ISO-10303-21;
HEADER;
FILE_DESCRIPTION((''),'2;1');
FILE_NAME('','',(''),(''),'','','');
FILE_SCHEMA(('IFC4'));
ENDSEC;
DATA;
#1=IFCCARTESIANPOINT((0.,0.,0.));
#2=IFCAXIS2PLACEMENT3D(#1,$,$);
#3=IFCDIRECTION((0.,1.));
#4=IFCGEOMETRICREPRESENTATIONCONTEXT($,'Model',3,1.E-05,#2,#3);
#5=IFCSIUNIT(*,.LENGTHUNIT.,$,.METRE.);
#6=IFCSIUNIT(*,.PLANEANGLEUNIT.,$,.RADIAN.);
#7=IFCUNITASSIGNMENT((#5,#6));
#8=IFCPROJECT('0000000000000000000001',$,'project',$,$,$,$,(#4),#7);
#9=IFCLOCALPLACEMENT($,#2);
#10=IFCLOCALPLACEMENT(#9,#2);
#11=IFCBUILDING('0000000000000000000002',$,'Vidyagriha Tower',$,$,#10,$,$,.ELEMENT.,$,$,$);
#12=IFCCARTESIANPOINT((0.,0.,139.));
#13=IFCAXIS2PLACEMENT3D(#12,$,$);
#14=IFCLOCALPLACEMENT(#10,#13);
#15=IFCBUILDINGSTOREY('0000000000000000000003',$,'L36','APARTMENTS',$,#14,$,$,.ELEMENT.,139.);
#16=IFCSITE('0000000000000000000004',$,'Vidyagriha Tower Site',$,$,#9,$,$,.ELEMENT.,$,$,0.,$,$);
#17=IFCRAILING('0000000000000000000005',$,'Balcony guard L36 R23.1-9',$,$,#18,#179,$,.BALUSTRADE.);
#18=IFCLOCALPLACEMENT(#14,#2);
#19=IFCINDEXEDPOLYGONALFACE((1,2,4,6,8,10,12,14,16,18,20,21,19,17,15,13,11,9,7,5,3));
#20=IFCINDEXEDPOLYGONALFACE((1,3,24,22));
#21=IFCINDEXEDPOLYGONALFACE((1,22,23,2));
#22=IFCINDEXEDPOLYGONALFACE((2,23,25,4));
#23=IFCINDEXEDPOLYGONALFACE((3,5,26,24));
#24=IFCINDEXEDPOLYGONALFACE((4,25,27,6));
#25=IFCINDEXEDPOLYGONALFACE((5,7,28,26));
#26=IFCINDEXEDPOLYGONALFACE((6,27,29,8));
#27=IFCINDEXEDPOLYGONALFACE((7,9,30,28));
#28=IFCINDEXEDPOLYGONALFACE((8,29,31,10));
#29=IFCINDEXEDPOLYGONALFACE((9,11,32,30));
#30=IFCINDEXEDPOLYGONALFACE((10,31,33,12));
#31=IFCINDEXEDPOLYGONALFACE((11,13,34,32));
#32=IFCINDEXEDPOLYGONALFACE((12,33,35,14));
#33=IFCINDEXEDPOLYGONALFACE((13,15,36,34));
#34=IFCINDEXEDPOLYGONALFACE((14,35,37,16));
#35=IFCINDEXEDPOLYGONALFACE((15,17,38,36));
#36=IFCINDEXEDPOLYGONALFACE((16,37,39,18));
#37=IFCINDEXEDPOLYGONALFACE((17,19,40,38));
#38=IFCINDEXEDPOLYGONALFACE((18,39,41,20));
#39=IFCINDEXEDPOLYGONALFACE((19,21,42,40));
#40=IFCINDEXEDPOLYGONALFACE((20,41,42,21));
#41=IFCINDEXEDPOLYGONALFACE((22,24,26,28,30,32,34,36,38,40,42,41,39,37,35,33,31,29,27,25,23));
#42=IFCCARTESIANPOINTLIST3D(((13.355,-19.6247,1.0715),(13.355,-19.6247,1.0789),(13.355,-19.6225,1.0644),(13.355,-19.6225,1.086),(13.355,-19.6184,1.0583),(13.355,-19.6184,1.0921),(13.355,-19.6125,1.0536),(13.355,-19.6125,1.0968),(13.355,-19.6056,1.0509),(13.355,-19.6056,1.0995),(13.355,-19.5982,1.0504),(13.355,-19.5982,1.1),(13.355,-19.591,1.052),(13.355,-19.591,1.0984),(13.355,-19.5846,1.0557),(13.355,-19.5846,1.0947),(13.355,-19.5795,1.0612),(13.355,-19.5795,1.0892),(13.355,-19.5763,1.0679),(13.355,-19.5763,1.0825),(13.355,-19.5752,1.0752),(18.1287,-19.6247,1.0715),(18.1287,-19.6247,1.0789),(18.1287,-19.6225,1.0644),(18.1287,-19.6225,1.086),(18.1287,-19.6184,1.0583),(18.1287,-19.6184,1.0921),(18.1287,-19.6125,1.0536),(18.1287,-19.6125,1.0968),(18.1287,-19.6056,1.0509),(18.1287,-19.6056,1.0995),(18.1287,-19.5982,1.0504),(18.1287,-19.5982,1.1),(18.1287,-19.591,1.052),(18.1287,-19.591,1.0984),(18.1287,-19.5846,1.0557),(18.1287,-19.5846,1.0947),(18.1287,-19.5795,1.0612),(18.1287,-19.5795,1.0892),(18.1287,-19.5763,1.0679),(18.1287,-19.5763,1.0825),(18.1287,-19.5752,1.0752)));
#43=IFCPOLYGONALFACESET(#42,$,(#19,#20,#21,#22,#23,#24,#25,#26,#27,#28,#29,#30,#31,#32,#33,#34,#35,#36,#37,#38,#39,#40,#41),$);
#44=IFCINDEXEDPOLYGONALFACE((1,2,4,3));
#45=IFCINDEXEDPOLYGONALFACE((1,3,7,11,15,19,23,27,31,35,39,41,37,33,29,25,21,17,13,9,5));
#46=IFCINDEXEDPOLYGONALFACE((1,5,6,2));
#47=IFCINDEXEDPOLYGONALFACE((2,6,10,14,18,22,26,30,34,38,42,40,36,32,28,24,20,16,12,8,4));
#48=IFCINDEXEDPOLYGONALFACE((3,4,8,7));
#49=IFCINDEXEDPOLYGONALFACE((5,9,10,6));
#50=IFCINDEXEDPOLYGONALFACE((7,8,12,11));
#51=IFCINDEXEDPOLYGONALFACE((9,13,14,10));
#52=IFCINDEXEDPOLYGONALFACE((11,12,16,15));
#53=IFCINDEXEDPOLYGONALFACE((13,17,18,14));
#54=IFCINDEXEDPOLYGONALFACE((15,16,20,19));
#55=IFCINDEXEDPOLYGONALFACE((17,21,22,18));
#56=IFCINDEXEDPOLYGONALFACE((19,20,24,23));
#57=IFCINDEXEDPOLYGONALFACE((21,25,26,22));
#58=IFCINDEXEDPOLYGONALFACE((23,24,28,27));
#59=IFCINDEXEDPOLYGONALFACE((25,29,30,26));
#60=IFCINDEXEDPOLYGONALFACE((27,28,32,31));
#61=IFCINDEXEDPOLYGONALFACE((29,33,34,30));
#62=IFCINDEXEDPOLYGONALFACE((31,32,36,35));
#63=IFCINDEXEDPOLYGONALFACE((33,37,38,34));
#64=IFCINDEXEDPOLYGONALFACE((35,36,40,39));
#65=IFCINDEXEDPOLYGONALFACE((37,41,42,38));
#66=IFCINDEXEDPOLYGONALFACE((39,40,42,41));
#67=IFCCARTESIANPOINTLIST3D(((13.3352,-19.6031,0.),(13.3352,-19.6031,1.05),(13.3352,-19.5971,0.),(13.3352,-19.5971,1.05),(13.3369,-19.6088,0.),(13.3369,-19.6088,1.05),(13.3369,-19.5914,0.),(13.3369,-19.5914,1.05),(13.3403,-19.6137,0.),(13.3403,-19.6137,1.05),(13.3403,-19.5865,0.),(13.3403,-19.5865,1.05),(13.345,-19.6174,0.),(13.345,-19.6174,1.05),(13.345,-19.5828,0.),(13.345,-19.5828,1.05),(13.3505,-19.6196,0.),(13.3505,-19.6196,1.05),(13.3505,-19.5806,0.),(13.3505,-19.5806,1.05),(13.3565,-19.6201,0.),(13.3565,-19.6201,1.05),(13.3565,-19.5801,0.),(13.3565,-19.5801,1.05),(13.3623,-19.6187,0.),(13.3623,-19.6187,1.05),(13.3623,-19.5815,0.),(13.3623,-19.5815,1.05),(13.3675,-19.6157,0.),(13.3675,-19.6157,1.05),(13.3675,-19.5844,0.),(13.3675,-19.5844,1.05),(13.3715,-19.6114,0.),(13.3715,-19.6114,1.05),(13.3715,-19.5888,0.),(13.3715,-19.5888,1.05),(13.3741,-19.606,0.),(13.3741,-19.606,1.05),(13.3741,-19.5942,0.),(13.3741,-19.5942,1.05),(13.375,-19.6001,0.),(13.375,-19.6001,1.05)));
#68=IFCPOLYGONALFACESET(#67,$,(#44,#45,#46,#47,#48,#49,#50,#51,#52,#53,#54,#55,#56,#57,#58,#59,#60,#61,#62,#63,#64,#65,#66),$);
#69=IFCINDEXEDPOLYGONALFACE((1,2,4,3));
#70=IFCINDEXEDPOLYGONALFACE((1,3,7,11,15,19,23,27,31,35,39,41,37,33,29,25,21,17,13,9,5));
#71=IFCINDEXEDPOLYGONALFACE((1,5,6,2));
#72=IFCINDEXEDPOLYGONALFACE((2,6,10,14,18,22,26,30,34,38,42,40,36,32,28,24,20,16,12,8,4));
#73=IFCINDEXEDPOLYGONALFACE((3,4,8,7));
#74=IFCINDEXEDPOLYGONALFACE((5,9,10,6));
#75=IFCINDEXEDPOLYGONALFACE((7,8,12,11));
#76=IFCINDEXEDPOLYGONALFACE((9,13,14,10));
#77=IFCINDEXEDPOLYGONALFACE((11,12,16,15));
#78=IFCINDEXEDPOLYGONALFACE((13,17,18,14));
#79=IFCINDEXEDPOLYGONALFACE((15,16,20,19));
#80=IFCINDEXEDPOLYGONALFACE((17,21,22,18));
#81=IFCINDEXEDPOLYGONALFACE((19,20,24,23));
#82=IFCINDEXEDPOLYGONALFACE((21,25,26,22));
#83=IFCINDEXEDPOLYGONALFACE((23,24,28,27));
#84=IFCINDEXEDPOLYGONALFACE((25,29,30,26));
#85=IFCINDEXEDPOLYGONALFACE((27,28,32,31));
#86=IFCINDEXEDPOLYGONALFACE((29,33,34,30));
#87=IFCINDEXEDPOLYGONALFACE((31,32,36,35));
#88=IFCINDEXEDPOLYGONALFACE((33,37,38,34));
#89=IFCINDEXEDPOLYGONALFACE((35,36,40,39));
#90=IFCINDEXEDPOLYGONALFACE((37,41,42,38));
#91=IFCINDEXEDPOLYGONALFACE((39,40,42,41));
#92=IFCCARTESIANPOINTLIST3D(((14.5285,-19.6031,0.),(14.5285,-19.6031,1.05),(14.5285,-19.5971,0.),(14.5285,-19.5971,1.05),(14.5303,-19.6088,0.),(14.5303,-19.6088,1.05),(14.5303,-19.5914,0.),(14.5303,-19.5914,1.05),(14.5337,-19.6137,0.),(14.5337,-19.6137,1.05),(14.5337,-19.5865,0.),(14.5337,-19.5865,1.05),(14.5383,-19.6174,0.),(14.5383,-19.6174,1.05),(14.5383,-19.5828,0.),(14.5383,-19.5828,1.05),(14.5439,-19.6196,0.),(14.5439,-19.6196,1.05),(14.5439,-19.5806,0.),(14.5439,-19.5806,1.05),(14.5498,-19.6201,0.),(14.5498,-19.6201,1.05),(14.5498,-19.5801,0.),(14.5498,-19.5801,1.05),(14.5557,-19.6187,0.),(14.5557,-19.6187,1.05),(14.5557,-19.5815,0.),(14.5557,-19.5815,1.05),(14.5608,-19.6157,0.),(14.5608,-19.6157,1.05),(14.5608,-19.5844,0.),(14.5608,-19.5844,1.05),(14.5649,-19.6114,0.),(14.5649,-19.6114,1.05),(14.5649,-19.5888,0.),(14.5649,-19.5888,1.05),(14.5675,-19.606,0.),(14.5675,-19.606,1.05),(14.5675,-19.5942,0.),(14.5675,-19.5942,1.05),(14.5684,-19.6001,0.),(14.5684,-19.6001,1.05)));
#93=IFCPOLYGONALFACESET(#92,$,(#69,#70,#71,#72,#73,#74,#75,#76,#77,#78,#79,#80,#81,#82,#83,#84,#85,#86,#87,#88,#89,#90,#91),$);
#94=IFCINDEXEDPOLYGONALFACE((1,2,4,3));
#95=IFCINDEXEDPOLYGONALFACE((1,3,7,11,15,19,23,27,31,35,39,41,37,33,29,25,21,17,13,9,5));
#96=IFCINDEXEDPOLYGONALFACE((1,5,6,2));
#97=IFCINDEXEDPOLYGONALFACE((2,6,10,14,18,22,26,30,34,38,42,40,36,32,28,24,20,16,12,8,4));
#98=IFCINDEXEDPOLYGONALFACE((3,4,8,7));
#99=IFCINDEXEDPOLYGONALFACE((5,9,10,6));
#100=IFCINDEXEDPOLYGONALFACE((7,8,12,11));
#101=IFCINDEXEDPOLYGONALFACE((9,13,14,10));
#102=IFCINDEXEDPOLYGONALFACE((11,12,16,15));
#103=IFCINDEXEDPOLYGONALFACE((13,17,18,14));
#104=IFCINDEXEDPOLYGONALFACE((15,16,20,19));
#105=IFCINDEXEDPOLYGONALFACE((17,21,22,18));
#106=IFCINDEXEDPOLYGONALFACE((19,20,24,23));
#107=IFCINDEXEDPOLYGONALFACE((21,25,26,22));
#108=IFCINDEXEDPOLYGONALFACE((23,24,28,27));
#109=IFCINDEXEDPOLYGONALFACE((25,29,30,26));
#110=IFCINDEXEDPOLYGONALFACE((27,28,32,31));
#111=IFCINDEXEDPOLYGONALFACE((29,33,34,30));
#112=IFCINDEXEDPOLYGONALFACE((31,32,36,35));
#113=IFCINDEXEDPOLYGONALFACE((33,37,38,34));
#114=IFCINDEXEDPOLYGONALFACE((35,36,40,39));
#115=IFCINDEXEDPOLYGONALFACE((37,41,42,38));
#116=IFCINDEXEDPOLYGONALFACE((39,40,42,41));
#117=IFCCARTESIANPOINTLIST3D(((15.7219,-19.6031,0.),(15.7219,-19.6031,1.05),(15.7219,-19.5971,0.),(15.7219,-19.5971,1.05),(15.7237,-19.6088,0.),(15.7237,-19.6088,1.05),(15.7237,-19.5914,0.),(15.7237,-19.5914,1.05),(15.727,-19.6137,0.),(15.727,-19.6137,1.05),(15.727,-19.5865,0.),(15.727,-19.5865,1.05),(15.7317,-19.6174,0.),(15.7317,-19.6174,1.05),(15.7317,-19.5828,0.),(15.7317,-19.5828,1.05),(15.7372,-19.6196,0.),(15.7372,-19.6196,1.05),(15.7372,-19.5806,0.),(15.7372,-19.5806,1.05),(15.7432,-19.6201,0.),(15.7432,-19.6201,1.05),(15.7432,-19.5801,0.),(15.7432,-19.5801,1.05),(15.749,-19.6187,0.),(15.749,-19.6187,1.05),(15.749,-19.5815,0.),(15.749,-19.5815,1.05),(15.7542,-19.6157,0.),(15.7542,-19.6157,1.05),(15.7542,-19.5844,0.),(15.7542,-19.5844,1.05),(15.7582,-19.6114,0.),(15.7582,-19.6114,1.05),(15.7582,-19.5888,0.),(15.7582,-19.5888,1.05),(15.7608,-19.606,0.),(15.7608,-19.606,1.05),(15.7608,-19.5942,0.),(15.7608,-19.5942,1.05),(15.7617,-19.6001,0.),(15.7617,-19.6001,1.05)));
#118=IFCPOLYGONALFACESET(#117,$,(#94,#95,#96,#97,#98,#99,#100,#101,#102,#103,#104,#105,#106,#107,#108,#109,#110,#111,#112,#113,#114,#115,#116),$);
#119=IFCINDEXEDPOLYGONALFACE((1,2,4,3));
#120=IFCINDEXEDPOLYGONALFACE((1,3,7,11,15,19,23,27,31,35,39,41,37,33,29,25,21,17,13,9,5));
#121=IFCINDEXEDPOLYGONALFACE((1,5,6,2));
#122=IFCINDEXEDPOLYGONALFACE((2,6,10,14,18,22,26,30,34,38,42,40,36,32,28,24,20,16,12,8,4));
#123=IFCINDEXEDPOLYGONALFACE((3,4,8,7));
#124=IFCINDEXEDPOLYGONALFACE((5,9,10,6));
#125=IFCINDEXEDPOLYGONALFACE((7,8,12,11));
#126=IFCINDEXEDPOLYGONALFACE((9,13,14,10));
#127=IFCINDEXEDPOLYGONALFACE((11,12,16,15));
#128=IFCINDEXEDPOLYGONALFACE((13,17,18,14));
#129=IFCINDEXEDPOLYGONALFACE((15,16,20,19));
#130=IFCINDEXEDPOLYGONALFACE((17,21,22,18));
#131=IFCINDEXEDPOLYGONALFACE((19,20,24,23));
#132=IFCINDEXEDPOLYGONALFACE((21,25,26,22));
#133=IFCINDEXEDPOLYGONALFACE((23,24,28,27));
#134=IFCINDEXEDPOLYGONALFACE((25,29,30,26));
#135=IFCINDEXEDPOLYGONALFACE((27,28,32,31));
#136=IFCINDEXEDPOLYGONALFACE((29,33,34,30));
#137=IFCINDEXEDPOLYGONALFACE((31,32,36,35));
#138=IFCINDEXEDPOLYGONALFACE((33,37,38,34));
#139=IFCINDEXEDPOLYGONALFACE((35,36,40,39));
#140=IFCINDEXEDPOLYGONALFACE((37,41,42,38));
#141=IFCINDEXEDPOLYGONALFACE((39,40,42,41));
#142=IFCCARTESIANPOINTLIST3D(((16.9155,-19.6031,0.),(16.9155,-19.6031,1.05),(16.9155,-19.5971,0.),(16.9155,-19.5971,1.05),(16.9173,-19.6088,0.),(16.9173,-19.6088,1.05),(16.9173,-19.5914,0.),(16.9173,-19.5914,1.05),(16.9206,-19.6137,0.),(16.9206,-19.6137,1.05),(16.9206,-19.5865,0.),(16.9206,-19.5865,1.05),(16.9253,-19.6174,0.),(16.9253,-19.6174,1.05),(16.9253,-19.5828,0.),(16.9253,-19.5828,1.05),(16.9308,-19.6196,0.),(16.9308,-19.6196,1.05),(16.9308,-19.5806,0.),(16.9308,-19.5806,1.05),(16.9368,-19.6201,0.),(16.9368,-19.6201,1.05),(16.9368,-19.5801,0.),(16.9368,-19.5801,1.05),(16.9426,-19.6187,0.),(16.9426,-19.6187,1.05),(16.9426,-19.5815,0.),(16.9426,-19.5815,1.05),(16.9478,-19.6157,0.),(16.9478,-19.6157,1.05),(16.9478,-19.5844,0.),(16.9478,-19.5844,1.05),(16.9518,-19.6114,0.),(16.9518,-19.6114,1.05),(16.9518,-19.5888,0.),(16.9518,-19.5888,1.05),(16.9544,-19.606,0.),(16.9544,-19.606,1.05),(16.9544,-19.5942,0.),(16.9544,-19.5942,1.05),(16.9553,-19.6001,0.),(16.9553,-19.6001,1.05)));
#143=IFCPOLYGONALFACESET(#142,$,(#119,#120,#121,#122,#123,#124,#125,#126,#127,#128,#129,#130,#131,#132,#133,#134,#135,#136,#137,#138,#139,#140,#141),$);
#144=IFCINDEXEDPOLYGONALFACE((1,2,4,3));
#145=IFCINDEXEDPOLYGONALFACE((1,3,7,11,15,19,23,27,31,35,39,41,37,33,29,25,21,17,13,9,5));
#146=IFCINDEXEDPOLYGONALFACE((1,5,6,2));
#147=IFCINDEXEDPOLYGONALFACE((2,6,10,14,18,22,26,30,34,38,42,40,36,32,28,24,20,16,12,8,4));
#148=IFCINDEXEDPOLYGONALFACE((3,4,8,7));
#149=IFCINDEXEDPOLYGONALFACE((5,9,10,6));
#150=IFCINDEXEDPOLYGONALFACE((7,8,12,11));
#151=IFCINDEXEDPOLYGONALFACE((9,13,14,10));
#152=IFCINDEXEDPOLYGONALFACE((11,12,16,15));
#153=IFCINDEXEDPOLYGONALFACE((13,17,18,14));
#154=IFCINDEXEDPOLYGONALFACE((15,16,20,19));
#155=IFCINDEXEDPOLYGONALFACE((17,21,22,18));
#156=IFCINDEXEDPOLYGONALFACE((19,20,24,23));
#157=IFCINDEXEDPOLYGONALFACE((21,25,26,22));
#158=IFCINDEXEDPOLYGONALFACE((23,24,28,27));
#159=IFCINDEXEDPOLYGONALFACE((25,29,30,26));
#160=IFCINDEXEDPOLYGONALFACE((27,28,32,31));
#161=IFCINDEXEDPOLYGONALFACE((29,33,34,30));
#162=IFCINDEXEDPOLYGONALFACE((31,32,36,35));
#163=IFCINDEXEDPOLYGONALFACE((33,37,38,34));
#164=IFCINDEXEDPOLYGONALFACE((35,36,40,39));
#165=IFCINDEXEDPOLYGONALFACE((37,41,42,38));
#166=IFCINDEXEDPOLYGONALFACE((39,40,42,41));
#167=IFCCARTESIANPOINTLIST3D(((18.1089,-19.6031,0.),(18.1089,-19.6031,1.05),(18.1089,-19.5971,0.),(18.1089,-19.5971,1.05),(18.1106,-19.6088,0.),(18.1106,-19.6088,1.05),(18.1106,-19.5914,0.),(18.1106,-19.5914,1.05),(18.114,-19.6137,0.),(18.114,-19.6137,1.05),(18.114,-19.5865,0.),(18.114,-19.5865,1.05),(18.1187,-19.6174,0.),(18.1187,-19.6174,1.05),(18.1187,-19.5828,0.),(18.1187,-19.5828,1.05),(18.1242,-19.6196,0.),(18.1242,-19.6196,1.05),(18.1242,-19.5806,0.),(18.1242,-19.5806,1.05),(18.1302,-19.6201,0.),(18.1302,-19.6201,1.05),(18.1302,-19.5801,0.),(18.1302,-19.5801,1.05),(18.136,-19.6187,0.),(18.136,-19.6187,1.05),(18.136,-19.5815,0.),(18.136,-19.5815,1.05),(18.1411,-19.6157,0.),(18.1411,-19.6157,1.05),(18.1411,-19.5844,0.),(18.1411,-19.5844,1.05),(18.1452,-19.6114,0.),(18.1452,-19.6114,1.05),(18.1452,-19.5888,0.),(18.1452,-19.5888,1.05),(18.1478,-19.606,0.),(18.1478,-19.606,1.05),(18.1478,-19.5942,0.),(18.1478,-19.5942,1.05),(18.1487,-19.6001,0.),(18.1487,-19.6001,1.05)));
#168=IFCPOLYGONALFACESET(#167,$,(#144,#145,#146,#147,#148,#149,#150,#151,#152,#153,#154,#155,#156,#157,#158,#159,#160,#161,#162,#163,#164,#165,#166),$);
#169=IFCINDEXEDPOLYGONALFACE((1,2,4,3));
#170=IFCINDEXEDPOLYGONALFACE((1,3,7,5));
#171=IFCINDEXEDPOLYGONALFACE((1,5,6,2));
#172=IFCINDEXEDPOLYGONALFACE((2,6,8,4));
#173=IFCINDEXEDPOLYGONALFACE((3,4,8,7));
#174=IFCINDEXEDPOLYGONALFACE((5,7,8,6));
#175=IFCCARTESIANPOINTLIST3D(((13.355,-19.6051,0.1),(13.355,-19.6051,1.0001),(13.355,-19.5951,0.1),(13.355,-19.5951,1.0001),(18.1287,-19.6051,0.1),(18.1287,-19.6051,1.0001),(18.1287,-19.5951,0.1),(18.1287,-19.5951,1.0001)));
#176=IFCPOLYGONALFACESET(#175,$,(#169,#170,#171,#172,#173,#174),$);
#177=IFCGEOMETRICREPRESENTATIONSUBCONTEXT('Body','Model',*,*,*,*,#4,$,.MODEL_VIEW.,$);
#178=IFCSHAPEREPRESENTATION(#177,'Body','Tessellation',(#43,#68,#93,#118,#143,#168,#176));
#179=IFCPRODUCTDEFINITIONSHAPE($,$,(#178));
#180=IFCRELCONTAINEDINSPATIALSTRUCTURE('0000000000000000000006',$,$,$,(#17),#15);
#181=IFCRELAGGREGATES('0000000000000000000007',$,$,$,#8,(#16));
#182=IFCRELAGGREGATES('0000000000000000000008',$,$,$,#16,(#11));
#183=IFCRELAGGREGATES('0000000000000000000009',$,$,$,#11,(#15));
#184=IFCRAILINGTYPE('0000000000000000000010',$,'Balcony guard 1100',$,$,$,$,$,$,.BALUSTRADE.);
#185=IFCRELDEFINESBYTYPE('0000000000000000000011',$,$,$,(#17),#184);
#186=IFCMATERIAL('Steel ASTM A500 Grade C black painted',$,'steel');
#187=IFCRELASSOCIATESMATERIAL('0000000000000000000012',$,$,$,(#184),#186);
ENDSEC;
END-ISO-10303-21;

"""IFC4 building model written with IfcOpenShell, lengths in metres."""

from ifc_helpers import new_model, si_unit, direction, frame, origin, origin_2d, place, context, subcontext, project, spatial, rectangle, circle, extrude, material, type_object, element, save


model = new_model("IFC4")

# Units and contexts
model_context = context("Model", 3, precision=1e-05, world=origin(), true_north=direction((0.0, 1.0)))
body_context = subcontext(model_context, "Body", "Model", "MODEL_VIEW")
ifc_project = project(units=[si_unit("LENGTHUNIT", "METRE"), si_unit("PLANEANGLEUNIT", "RADIAN")], contexts=[model_context])

# Site, building, storey
site_placement = place(None, origin())
site = spatial("IfcSite", under=ifc_project, at=site_placement, Name="Vidyagriha Tower Site", CompositionType="ELEMENT", RefElevation=0.0)
building_placement = place(site_placement, origin())
building = spatial("IfcBuilding", under=site, at=building_placement, Name="Vidyagriha Tower", CompositionType="ELEMENT")
storey_placement = place(building_placement, frame((0.0, 0.0, 139.0)))
storey = spatial("IfcBuildingStorey", under=building, at=storey_placement, Name="L36", Description="APARTMENTS", CompositionType="ELEMENT", Elevation=139.0)

# Railing
ifc_material_1 = material(Name="Steel ASTM A500 Grade C black painted", Category="steel")
railing_type = type_object("IfcRailingType", Name="Balcony guard 1100", PredefinedType="BALUSTRADE", material=ifc_material_1)
railing_1_placement = place(storey_placement, frame((13.355, -19.6001, 0.0)))
element("IfcRailing", 1, at=railing_1_placement, inside=storey, type_object=railing_type, Name="Balcony guard L36 R23.1-9", PredefinedType="BALUSTRADE", context=body_context, shape_type="SweptSolid", body=[
    extrude(circle(Radius=0.0249, at=origin_2d()), frame((0.0, 0.0, 1.0752), z_axis=(1.0, 0.0, 0.0), x_axis=(0.0, 1.0, 0.0)), (0.0, 0.0, 1.0), 4.7737),
    extrude(circle(Radius=0.02, at=origin_2d()), origin(), (0.0, 0.0, 1.0), 1.05),
    extrude(circle(Radius=0.02, at=origin_2d()), frame((1.1934, 0.0, 0.0)), (0.0, 0.0, 1.0), 1.05),
    extrude(circle(Radius=0.02, at=origin_2d()), frame((2.3867, 0.0, 0.0)), (0.0, 0.0, 1.0), 1.05),
    extrude(circle(Radius=0.02, at=origin_2d()), frame((3.5803, 0.0, 0.0)), (0.0, 0.0, 1.0), 1.05),
    extrude(circle(Radius=0.02, at=origin_2d()), frame((4.7737, 0.0, 0.0)), (0.0, 0.0, 1.0), 1.05),
    extrude(rectangle(XDim=0.01, YDim=0.9001, at=origin_2d()), frame((0.0, 0.0, 0.55), z_axis=(1.0, 0.0, 0.0), x_axis=(0.0, 1.0, 0.0)), (0.0, 0.0, 1.0), 4.7737),
])

save(model, "model.ifc")
